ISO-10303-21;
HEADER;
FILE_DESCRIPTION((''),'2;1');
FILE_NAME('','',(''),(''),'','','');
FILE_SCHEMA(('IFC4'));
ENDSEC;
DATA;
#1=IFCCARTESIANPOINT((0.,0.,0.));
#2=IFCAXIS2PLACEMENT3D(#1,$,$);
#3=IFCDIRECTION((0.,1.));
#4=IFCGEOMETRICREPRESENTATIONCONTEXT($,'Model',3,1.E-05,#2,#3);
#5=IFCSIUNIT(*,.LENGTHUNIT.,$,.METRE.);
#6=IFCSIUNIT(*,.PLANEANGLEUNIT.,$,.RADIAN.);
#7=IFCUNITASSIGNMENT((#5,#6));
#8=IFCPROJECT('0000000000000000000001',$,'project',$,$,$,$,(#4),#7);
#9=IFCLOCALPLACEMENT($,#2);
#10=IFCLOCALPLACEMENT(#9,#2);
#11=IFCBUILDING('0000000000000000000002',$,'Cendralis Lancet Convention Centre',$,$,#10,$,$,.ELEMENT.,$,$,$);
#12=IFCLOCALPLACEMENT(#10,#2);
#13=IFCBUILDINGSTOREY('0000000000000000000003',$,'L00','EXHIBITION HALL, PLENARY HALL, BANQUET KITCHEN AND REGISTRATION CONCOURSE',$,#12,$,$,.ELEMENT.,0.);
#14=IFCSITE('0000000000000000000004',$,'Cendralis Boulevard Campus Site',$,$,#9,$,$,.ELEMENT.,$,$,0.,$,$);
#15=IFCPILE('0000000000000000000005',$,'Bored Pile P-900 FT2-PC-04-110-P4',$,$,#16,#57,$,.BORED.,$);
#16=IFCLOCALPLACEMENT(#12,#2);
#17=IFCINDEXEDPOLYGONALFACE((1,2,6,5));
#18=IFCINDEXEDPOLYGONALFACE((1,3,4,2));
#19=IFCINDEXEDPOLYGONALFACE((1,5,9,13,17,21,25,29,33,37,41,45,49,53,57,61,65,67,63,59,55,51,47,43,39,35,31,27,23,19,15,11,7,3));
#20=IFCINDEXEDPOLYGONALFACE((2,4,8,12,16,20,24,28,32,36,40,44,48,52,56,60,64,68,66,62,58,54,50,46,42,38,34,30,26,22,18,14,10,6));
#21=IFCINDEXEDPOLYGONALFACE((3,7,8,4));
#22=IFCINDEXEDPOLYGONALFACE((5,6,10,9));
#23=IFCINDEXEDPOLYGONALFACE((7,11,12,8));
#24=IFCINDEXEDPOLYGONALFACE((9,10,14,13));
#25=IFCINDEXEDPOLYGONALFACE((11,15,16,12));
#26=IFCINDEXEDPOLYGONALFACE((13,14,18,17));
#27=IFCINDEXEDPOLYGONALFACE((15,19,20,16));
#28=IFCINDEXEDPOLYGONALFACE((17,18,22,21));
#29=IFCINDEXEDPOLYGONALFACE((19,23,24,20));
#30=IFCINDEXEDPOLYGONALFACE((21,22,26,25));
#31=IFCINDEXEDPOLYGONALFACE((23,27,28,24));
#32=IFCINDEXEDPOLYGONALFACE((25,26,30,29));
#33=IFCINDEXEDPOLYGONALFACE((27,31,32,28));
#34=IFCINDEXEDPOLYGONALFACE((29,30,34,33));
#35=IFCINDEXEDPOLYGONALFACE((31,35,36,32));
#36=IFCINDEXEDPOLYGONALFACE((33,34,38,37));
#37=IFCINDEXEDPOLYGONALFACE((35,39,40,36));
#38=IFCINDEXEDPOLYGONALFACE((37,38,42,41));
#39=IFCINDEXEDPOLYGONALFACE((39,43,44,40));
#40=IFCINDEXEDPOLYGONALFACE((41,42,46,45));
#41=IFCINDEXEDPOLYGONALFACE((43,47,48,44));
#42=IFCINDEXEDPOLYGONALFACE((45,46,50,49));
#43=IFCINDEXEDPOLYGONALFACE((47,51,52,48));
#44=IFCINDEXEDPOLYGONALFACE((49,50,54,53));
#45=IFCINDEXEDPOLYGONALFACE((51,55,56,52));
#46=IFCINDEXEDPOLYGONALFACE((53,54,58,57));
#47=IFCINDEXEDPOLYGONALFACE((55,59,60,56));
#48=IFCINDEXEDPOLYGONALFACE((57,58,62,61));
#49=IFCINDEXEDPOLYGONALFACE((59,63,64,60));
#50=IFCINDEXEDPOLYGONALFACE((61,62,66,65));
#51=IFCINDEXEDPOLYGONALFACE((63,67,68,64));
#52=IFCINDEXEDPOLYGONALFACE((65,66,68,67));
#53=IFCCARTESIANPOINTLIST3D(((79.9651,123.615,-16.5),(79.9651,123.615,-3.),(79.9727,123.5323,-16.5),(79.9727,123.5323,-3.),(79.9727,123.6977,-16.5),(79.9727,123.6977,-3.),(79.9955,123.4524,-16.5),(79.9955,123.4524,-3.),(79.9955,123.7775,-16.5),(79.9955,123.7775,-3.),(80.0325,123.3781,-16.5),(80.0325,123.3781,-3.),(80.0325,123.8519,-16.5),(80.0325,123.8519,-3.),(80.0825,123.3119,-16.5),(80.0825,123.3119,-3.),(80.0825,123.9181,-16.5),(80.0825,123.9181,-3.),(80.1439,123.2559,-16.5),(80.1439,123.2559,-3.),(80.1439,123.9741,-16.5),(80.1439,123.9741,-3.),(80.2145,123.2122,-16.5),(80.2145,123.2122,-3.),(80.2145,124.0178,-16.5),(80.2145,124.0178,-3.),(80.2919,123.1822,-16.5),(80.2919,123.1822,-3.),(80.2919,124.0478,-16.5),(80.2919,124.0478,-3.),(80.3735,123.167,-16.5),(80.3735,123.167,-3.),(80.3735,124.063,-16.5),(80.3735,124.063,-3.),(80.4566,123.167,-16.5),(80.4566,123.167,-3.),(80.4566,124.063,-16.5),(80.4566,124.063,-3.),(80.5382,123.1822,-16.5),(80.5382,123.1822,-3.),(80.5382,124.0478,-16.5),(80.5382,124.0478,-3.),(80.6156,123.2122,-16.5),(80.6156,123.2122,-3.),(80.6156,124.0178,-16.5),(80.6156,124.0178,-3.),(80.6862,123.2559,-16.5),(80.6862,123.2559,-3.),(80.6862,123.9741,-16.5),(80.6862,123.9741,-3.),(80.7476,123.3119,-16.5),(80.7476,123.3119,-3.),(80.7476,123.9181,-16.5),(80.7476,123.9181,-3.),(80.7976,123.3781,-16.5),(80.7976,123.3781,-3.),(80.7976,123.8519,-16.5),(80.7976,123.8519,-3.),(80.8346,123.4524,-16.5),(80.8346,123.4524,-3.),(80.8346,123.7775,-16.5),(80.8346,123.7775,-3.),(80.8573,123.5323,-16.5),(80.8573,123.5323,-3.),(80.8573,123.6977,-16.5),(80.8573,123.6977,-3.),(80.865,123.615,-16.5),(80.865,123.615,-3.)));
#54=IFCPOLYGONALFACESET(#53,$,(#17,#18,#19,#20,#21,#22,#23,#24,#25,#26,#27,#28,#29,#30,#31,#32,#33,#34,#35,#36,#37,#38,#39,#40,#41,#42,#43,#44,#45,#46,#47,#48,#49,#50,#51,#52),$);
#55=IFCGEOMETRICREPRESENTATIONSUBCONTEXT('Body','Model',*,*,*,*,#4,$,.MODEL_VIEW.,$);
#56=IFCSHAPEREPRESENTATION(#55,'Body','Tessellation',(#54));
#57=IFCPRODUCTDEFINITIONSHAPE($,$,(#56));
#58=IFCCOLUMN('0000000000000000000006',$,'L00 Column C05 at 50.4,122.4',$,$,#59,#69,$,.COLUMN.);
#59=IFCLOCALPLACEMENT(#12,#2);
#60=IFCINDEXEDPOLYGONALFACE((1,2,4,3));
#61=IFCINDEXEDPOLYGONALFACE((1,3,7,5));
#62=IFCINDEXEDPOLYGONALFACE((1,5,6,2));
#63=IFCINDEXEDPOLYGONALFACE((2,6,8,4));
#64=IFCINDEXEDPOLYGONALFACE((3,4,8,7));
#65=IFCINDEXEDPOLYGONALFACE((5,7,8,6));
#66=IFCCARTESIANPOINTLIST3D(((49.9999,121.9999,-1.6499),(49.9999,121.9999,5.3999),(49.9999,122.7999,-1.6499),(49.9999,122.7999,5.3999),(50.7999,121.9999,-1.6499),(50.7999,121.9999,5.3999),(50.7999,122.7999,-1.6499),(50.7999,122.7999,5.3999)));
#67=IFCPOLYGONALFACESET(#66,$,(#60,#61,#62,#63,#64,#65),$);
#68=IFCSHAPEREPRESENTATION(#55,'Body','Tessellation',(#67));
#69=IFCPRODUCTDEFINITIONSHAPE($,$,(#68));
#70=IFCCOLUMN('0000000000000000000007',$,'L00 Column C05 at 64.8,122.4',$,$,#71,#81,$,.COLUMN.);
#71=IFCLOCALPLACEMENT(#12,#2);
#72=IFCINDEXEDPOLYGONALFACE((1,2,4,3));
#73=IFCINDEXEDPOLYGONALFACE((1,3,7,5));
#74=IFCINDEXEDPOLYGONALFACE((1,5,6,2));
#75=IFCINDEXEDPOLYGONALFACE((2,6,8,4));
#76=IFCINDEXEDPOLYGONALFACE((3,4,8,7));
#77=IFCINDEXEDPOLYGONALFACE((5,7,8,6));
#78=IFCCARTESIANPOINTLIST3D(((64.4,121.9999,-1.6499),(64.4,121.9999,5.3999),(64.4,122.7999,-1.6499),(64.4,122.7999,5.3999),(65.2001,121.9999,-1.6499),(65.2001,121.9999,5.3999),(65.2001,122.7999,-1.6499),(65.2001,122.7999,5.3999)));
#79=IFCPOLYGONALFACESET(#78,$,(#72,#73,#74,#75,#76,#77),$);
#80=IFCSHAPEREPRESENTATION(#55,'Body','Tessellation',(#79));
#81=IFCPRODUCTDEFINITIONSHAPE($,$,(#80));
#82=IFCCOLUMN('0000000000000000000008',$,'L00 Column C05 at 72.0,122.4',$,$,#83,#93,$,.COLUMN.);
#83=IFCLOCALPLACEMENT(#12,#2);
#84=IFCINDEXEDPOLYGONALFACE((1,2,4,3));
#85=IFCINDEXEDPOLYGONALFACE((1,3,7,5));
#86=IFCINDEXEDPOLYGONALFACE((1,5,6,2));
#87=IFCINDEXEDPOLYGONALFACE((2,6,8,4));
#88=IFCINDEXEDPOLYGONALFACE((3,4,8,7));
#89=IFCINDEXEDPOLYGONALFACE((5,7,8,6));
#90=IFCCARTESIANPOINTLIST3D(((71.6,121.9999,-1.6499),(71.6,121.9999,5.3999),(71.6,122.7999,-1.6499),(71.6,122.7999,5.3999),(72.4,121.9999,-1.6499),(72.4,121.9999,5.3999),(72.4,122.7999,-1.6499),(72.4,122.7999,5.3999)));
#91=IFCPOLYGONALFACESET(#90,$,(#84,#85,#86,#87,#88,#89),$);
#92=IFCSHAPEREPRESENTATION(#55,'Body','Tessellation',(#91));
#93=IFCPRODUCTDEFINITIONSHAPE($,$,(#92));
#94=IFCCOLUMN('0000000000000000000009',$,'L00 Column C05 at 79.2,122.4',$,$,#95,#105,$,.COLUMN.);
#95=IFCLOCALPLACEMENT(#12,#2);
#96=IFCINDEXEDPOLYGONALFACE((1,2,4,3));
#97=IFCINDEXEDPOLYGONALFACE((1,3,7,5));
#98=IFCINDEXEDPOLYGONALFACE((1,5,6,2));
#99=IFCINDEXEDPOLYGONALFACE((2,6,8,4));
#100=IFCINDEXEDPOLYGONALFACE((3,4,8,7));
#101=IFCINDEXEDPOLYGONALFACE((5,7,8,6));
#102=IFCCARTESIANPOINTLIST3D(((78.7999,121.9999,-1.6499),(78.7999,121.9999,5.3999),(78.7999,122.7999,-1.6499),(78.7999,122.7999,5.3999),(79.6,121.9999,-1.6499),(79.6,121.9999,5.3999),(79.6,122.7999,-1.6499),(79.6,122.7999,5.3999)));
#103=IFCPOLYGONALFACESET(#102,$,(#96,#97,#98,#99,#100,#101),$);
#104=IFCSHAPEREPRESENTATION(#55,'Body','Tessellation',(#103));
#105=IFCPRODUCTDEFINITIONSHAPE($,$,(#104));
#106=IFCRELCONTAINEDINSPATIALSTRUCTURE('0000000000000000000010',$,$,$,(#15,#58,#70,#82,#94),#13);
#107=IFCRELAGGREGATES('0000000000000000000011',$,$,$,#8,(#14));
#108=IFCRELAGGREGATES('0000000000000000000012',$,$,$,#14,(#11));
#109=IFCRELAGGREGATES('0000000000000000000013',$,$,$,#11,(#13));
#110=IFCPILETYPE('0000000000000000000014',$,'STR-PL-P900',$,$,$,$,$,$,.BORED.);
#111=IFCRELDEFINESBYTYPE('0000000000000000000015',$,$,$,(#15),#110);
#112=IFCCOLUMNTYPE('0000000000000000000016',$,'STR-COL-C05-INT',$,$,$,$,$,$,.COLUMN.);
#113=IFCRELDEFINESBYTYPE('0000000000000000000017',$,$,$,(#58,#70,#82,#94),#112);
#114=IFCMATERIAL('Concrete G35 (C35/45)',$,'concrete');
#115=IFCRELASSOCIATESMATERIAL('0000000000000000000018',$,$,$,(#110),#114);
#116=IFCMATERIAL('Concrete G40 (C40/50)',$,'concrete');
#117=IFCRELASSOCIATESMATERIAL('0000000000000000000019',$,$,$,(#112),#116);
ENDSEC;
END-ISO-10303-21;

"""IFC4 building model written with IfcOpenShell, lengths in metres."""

from ifc_helpers import new_model, si_unit, direction, frame, origin, origin_2d, place, context, subcontext, project, spatial, rectangle, circle, extrude, material, material_profile, profile_set, type_object, element, save


model = new_model("IFC4")

# Units and contexts
model_context = context("Model", 3, precision=1e-05, world=origin(), true_north=direction((0.0, 1.0)))
body_context = subcontext(model_context, "Body", "Model", "MODEL_VIEW")
ifc_project = project(units=[si_unit("LENGTHUNIT", "METRE"), si_unit("PLANEANGLEUNIT", "RADIAN")], contexts=[model_context])

# Site, building, storey
site_placement = place(None, origin())
site = spatial("IfcSite", under=ifc_project, at=site_placement, Name="Cendralis Boulevard Campus Site", CompositionType="ELEMENT", RefElevation=0.0)
building_placement = place(site_placement, origin())
building = spatial("IfcBuilding", under=site, at=building_placement, Name="Cendralis Lancet Convention Centre", CompositionType="ELEMENT")
storey_placement = place(building_placement, origin())
storey = spatial("IfcBuildingStorey", under=building, at=storey_placement, Name="L00", Description="EXHIBITION HALL, PLENARY HALL, BANQUET KITCHEN AND REGISTRATION CONCOURSE", CompositionType="ELEMENT", Elevation=0.0)

# Shared definitions
ifc_material_1 = material(Name="Concrete G35 (C35/45)", Category="concrete")

# Pile
ifc_material_profile_1 = material_profile(ifc_material_1, circle(Radius=0.45, at=origin_2d()), Name="BORED PILE D900")
ifc_profile_set_1 = profile_set([ifc_material_profile_1], Name="Concrete G35 (C35/45)")
pile_type = type_object("IfcPileType", Name="STR-PL-P900", PredefinedType="BORED", material=ifc_profile_set_1)
for number, where, z_axis, x_axis, name in (
    (1, (80.415, 123.615, -3.0), (0.0, 0.0, -1.0), (1.0, 0.0, 0.0), "Bored Pile P-900 FT2-PC-04-110-P4"),
):
    element("IfcPile", number, at=place(storey_placement, frame(where, z_axis=z_axis, x_axis=x_axis)), inside=storey, type_object=pile_type, Name=name, PredefinedType="BORED", context=body_context, shape_type="SweptSolid", body=[
        extrude(circle(Radius=0.45, at=origin_2d()), origin(), (0.0, 0.0, 1.0), 13.5),
    ])

# Columns
ifc_material_2 = material(Name="Concrete G40 (C40/50)", Category="concrete")
ifc_material_profile_2 = material_profile(ifc_material_2, rectangle(XDim=0.8, YDim=0.8, at=origin_2d()), Name="RC 800x800")
ifc_profile_set_2 = profile_set([ifc_material_profile_2], Name="Concrete G40 (C40/50)")
column_type = type_object("IfcColumnType", Name="STR-COL-C05-INT", PredefinedType="COLUMN", material=ifc_profile_set_2)
for number, where, z_axis, x_axis, name in (
    (2, (50.3999, 122.3999, -1.6499), (0.0, 0.0, 1.0), (1.0, 0.0, 0.0), "L00 Column C05 at 50.4,122.4"),
    (3, (64.8, 122.3999, -1.6499), (0.0, 0.0, 1.0), (1.0, 0.0, 0.0), "L00 Column C05 at 64.8,122.4"),
    (4, (72.0, 122.3999, -1.6499), (0.0, 0.0, 1.0), (1.0, 0.0, 0.0), "L00 Column C05 at 72.0,122.4"),
    (5, (79.2, 122.3999, -1.6499), (0.0, 0.0, 1.0), (1.0, 0.0, 0.0), "L00 Column C05 at 79.2,122.4"),
):
    element("IfcColumn", number, at=place(storey_placement, frame(where, z_axis=z_axis, x_axis=x_axis)), inside=storey, type_object=column_type, Name=name, PredefinedType="COLUMN", context=body_context, shape_type="SweptSolid", body=[
        extrude(rectangle(XDim=0.8, YDim=0.8, at=origin_2d()), origin(), (0.0, 0.0, 1.0), 7.0498),
    ])

save(model, "model.ifc")
